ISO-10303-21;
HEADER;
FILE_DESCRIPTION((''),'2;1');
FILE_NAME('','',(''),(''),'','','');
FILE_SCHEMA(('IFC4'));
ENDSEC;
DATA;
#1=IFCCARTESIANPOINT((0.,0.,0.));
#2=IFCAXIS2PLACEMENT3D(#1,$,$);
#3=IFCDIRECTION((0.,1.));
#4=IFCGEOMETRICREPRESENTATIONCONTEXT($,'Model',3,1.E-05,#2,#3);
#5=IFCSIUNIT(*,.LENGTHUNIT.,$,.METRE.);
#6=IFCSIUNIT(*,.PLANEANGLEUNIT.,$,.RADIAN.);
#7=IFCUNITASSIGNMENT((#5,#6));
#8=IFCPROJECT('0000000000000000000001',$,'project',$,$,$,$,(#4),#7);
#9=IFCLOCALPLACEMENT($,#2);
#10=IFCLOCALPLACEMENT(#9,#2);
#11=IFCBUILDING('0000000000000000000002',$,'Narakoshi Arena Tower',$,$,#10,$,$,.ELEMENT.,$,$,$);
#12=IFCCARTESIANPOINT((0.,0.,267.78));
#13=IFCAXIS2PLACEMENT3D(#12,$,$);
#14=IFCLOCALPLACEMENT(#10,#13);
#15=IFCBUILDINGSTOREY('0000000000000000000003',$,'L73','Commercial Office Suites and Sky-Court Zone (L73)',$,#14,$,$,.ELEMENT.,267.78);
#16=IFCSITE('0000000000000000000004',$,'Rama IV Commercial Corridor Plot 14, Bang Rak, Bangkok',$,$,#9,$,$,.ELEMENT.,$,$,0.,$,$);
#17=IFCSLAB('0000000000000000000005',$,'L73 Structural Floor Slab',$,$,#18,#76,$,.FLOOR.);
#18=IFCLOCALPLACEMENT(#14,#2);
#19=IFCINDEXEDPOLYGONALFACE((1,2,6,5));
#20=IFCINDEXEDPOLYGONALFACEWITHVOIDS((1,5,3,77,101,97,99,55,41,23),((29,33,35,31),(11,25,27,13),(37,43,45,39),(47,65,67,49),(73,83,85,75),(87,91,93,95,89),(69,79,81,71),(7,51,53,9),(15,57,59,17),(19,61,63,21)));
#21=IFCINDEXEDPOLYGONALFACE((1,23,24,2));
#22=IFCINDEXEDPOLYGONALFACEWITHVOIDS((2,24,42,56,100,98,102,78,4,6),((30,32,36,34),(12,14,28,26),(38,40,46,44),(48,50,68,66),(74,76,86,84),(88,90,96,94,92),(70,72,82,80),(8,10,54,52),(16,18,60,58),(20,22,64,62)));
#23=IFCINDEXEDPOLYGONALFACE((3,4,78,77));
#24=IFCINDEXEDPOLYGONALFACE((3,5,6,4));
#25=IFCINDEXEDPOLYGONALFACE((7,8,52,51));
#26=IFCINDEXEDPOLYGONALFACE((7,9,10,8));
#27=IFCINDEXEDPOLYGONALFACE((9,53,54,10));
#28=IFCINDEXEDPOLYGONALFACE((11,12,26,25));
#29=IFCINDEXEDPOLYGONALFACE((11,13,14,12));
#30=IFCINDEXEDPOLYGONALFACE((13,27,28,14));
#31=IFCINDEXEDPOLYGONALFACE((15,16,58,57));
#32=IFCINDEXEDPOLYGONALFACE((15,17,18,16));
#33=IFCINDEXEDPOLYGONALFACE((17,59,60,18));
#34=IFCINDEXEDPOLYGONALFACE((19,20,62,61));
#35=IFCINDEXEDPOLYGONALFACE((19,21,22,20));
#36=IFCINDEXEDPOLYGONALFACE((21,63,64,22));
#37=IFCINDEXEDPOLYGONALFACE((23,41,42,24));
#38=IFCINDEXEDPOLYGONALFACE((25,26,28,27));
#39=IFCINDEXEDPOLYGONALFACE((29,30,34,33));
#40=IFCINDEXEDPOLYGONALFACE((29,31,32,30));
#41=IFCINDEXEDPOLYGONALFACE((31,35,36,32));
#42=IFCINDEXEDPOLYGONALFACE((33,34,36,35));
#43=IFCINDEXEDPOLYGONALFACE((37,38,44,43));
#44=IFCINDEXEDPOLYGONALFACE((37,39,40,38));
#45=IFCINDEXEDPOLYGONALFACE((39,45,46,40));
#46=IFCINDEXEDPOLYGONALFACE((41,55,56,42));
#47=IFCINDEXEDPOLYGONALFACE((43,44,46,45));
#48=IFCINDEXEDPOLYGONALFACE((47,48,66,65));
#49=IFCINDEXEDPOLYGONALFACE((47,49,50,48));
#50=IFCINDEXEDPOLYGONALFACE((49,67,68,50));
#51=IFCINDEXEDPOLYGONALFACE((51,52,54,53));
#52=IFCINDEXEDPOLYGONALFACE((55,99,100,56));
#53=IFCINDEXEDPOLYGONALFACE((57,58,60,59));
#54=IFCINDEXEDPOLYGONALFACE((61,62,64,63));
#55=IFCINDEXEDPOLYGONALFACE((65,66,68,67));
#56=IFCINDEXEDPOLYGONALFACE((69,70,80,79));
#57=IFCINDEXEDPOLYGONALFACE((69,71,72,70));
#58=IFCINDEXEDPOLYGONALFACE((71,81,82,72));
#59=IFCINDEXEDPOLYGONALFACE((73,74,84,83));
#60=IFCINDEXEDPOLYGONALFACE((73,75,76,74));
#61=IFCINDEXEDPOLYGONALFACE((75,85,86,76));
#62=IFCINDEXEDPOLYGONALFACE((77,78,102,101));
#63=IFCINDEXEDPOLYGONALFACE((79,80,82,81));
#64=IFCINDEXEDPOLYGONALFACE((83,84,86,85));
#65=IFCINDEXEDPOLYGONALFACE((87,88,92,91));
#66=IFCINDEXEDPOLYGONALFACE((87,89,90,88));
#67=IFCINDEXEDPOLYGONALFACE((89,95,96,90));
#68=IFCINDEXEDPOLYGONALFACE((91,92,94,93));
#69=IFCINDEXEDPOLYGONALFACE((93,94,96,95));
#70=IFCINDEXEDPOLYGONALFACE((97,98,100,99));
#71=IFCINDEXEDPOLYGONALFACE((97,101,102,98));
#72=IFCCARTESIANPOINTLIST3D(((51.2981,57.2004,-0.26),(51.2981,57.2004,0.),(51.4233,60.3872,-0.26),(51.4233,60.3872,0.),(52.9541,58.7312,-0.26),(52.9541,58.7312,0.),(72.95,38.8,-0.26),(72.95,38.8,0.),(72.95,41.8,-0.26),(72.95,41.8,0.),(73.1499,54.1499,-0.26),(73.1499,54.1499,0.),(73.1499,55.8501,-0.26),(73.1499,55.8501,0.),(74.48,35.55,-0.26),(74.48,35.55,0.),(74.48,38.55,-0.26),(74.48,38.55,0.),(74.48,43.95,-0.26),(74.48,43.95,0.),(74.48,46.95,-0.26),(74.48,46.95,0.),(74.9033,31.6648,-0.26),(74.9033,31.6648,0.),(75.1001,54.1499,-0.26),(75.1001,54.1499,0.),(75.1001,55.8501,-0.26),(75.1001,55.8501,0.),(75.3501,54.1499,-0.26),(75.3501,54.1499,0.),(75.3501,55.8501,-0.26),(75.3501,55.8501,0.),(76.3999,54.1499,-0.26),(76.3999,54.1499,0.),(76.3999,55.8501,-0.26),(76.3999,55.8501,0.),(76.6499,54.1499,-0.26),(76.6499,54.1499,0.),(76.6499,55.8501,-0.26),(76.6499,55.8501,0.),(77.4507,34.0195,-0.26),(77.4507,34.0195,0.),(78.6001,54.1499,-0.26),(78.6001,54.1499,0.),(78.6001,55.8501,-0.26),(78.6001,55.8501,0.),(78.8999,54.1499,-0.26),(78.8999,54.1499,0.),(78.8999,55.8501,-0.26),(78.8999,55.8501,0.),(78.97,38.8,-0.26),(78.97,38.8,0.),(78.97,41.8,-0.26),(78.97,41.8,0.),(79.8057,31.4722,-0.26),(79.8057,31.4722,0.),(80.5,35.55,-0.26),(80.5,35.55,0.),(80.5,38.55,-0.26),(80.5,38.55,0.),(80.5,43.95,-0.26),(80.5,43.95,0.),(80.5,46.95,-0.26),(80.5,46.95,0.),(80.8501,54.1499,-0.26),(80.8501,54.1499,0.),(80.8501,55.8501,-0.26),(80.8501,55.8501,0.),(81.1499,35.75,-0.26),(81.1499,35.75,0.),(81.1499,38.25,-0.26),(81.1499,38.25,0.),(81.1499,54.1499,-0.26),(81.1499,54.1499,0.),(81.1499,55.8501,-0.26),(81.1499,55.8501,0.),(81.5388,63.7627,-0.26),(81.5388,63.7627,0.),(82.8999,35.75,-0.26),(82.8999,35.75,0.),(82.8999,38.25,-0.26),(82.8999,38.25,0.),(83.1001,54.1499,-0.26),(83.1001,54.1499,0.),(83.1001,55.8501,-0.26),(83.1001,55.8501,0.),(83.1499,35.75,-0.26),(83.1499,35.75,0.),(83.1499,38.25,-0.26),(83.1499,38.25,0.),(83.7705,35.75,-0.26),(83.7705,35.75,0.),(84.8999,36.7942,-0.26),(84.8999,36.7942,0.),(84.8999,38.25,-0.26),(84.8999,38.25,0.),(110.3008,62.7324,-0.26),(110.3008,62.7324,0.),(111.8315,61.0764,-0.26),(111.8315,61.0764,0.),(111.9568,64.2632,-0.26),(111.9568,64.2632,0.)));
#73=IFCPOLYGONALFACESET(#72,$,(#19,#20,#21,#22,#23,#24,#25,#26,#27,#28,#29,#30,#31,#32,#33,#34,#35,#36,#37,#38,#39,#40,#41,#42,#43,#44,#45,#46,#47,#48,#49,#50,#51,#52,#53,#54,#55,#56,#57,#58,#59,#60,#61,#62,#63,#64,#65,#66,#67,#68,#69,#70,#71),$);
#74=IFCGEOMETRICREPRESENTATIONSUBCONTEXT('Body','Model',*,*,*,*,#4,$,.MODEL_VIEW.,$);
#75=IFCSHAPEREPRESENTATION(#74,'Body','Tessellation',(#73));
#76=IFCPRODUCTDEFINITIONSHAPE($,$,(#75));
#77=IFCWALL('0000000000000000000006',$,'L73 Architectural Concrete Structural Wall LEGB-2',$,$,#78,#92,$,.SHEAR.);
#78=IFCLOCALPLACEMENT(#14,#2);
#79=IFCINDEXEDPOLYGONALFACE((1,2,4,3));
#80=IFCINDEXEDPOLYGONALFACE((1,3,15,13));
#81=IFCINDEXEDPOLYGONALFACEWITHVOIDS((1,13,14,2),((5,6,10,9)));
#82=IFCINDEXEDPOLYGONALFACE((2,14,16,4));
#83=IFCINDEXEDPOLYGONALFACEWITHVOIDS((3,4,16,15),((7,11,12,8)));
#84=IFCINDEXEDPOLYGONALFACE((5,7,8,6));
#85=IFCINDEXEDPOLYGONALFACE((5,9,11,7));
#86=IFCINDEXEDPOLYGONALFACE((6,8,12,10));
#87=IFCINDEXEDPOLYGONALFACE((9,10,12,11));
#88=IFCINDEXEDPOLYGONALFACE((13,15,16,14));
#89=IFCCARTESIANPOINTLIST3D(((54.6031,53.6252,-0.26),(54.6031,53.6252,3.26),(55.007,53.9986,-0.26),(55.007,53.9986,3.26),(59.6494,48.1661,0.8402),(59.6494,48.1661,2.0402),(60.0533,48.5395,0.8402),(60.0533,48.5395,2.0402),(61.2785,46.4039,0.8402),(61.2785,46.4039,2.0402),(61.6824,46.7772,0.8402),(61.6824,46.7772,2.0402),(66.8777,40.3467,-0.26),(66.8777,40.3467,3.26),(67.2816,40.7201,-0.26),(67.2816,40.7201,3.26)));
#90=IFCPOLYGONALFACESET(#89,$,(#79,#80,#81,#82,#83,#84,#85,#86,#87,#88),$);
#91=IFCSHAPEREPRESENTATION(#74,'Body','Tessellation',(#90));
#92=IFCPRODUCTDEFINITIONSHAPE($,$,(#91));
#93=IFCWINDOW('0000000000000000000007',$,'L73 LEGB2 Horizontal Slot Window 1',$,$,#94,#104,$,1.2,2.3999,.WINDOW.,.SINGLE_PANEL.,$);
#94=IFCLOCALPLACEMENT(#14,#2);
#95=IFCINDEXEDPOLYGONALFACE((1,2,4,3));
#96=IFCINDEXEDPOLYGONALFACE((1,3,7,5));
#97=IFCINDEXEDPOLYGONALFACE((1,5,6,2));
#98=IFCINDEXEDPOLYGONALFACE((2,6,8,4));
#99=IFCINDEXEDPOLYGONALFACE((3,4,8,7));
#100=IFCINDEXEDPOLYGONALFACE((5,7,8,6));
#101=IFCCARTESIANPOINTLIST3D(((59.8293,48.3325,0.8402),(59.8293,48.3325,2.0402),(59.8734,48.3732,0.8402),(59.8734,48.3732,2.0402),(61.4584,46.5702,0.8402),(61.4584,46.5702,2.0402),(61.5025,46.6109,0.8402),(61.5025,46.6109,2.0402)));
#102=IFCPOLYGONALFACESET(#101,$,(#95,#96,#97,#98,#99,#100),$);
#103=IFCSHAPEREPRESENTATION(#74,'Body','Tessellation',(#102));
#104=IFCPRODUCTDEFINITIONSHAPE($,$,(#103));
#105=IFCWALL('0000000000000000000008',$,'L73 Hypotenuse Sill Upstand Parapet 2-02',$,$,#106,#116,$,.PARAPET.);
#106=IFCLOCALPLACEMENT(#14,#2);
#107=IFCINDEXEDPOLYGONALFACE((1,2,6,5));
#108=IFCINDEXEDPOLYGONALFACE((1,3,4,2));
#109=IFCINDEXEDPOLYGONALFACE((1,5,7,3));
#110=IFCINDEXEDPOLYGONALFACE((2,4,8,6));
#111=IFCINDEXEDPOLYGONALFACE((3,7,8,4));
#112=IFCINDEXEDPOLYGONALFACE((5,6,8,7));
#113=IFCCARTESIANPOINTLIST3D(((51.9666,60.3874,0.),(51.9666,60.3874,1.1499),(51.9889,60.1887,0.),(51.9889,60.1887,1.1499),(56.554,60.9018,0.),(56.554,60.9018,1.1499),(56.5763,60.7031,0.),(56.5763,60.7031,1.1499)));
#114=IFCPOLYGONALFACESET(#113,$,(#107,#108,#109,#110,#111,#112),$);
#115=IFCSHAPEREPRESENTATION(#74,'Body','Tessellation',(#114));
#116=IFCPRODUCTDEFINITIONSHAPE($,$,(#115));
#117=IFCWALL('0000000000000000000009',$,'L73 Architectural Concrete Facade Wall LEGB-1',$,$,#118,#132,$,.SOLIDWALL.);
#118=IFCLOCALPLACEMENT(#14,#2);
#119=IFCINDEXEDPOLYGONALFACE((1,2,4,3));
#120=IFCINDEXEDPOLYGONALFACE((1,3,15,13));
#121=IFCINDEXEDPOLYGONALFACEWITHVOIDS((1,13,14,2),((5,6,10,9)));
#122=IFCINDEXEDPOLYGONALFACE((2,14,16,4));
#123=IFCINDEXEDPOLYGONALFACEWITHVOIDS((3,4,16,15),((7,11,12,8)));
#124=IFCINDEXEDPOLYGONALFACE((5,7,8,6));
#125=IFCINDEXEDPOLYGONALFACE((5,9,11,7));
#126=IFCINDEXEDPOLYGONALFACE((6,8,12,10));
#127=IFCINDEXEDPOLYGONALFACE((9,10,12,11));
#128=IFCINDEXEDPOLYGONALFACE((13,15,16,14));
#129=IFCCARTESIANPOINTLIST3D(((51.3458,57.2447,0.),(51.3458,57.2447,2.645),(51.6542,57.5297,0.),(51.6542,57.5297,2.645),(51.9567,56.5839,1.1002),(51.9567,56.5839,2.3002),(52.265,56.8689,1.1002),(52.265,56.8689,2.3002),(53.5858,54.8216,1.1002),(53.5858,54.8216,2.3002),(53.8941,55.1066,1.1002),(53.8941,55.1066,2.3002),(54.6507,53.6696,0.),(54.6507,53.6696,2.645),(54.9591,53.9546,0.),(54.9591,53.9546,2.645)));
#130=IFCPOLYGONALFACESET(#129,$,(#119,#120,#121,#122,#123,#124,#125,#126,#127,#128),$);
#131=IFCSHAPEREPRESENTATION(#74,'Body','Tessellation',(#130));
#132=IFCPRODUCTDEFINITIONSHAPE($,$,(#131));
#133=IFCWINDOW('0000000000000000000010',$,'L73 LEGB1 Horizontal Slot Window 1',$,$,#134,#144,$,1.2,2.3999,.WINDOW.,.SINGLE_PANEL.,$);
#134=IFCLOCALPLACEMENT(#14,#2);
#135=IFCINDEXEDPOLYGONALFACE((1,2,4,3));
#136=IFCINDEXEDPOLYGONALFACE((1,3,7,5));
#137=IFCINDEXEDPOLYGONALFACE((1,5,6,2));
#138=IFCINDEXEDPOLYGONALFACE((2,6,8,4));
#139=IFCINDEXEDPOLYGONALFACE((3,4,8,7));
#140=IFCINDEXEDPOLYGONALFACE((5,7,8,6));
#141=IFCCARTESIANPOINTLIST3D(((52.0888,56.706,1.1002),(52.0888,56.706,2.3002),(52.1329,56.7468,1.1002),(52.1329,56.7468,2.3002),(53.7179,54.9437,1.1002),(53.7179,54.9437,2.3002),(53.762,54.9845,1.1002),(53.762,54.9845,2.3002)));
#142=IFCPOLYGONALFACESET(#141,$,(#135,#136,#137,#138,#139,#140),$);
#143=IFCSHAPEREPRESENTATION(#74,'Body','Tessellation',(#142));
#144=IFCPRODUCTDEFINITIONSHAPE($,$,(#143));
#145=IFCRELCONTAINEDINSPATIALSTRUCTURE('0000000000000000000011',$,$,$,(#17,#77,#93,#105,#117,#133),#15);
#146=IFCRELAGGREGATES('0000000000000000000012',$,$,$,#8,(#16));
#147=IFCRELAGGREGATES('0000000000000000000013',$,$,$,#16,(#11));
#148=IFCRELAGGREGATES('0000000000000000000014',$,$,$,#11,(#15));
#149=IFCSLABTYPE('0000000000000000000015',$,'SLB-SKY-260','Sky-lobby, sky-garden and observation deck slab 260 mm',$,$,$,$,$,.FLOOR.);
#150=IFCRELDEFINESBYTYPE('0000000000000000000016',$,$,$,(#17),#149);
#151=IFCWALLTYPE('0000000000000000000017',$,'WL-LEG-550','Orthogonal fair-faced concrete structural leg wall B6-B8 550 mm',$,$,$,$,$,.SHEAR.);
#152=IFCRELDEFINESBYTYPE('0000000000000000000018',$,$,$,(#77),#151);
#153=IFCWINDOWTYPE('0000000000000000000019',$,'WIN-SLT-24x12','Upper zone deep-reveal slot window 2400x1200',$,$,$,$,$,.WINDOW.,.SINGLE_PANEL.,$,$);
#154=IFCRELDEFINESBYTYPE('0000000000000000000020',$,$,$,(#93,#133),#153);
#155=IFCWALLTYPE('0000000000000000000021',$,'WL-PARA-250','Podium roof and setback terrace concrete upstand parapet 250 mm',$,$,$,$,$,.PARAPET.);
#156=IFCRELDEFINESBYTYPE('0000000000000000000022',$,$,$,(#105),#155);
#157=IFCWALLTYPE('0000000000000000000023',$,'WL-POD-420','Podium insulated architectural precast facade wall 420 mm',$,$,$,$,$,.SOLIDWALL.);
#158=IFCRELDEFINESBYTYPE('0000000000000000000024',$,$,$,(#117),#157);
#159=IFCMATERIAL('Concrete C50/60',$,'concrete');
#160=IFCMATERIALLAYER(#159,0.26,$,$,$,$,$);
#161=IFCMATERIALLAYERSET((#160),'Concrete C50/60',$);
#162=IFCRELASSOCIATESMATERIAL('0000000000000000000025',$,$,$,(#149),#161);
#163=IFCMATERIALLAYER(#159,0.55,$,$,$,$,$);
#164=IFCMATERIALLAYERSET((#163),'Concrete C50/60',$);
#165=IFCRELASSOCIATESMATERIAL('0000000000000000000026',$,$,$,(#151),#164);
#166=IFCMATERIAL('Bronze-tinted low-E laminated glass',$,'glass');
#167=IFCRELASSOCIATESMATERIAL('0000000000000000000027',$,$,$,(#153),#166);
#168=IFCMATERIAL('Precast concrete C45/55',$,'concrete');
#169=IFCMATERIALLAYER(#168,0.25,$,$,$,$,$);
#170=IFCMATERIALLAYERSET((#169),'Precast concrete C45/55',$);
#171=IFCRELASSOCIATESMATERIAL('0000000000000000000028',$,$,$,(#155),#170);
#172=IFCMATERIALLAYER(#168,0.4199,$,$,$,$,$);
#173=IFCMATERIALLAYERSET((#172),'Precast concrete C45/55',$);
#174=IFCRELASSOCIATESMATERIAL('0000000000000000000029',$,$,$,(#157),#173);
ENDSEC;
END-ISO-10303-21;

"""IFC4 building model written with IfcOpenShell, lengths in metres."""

from ifc_helpers import new_model, si_unit, direction, frame, frame_2d, origin, place, context, subcontext, project, spatial, polyline, rectangle, outline, extrude, material, layer, layer_set, type_object, element, fill, save


model = new_model("IFC4")

# Units and contexts
model_context = context("Model", 3, precision=1e-05, world=origin(), true_north=direction((0.0, 1.0)))
body_context = subcontext(model_context, "Body", "Model", "MODEL_VIEW")
ifc_project = project(units=[si_unit("LENGTHUNIT", "METRE"), si_unit("PLANEANGLEUNIT", "RADIAN")], contexts=[model_context])

# Site, building, storey
site_placement = place(None, origin())
site = spatial("IfcSite", under=ifc_project, at=site_placement, Name="Rama IV Commercial Corridor Plot 14, Bang Rak, Bangkok", CompositionType="ELEMENT", RefElevation=0.0)
building_placement = place(site_placement, origin())
building = spatial("IfcBuilding", under=site, at=building_placement, Name="Narakoshi Arena Tower", CompositionType="ELEMENT")
storey_placement = place(building_placement, frame((0.0, 0.0, 267.78)))
storey = spatial("IfcBuildingStorey", under=building, at=storey_placement, Name="L73", Description="Commercial Office Suites and Sky-Court Zone (L73)", CompositionType="ELEMENT", Elevation=267.78)

# Shared definitions
ifc_material_1 = material(Name="Concrete C50/60", Category="concrete")

# Shared definitions
ifc_material_2 = material(Name="Bronze-tinted low-E laminated glass", Category="glass")

# Slab
ifc_layer_1 = layer(ifc_material_1, 0.26)
ifc_layer_set_1 = layer_set([ifc_layer_1], Name="Concrete C50/60")
slab_type_1 = type_object("IfcSlabType", Name="SLB-SKY-260", Description="Sky-lobby, sky-garden and observation deck slab 260 mm", PredefinedType="FLOOR", material=ifc_layer_set_1)
slab_1_placement = place(storey_placement, frame((0.0, 0.0, -0.26)))
element("IfcSlab", 1, at=slab_1_placement, inside=storey, type_object=slab_type_1, Name="L73 Structural Floor Slab", PredefinedType="FLOOR", context=body_context, shape_type="SweptSolid", body=[
    extrude(outline(polyline([(79.8057, 31.4722), (111.8315, 61.0764), (110.3008, 62.7324), (111.9568, 64.2632), (81.5388, 63.7627), (51.4233, 60.3872), (52.9541, 58.7312), (51.2981, 57.2004), (74.9033, 31.6648), (77.4507, 34.0195), (79.8057, 31.4722)]), holes=[polyline([(80.5, 35.55), (74.48, 35.55), (74.48, 38.55), (80.5, 38.55), (80.5, 35.55)]), polyline([(82.8999, 35.75), (81.1499, 35.75), (81.1499, 38.25), (82.8999, 38.25), (82.8999, 35.75)]), polyline([(84.8999, 36.7942), (83.7705, 35.75), (83.1499, 35.75), (83.1499, 38.25), (84.8999, 38.25), (84.8999, 36.7942)]), polyline([(72.95, 38.8), (72.95, 41.8), (78.97, 41.8), (78.97, 38.8), (72.95, 38.8)]), polyline([(74.48, 43.95), (74.48, 46.95), (80.5, 46.95), (80.5, 43.95), (74.48, 43.95)]), polyline([(75.1001, 54.1499), (73.1499, 54.1499), (73.1499, 55.8501), (75.1001, 55.8501), (75.1001, 54.1499)]), polyline([(76.3999, 54.1499), (75.3501, 54.1499), (75.3501, 55.8501), (76.3999, 55.8501), (76.3999, 54.1499)]), polyline([(78.6001, 54.1499), (76.6499, 54.1499), (76.6499, 55.8501), (78.6001, 55.8501), (78.6001, 54.1499)]), polyline([(78.8999, 54.1499), (78.8999, 55.8501), (80.8501, 55.8501), (80.8501, 54.1499), (78.8999, 54.1499)]), polyline([(81.1499, 54.1499), (81.1499, 55.8501), (83.1001, 55.8501), (83.1001, 54.1499), (81.1499, 54.1499)])]), origin(), (0.0, 0.0, 1.0), 0.26),
])

# Wall, opening, window
ifc_layer_2 = layer(ifc_material_1, 0.55)
ifc_layer_set_2 = layer_set([ifc_layer_2], Name="Concrete C50/60")
wall_type_1 = type_object("IfcWallType", Name="WL-LEG-550", Description="Orthogonal fair-faced concrete structural leg wall B6-B8 550 mm", PredefinedType="SHEAR", material=ifc_layer_set_2)
wall_1_placement = place(storey_placement, frame((54.8049, 53.812, -0.26), z_axis=(0.0, 0.0, 1.0), x_axis=(0.678803, -0.73432, 0.0)))
wall_1 = element("IfcWall", 2, at=wall_1_placement, inside=storey, type_object=wall_type_1, Name="L73 Architectural Concrete Structural Wall LEGB-2", PredefinedType="SHEAR", context=body_context, shape_type="SweptSolid", body=[
    extrude(rectangle(XDim=18.0828, YDim=0.55, at=frame_2d((9.0415, 0.0))), origin(), (0.0, 0.0, 1.0), 3.52),
])
opening_1_placement = place(wall_1_placement, frame((7.4343, 0.0, 1.1001)))
opening_1 = element("IfcOpeningElement", 3, at=opening_1_placement, cuts=wall_1, PredefinedType="OPENING", context=body_context, shape_type="SweptSolid", body=[
    extrude(rectangle(XDim=2.3999, YDim=1.2, at=frame_2d((1.2, 0.6001))), frame((0.0, 0.2849, 0.0), z_axis=(0.0, -1.0, 0.0), x_axis=(1.0, 0.0, 0.0)), (0.0, 0.0, 1.0), 0.5701),
])
window_type_1 = type_object("IfcWindowType", Name="WIN-SLT-24x12", Description="Upper zone deep-reveal slot window 2400x1200", PartitioningType="SINGLE_PANEL", PredefinedType="WINDOW", material=ifc_material_2)
window_1_placement = place(opening_1_placement, origin())
window_1 = element("IfcWindow", 4, at=window_1_placement, inside=storey, type_object=window_type_1, Name="L73 LEGB2 Horizontal Slot Window 1", OverallHeight=1.2, OverallWidth=2.3999, PartitioningType="SINGLE_PANEL", PredefinedType="WINDOW", context=body_context, shape_type="SweptSolid", body=[
    extrude(rectangle(XDim=2.3999, YDim=1.2, at=frame_2d((1.2, 0.6001))), frame((0.0, 0.03, 0.0), z_axis=(0.0, -1.0, 0.0), x_axis=(1.0, 0.0, 0.0)), (0.0, 0.0, 1.0), 0.0601),
])
fill(opening_1, window_1)

# Wall
ifc_material_3 = material(Name="Precast concrete C45/55", Category="concrete")
ifc_layer_3 = layer(ifc_material_3, 0.25)
ifc_layer_set_3 = layer_set([ifc_layer_3], Name="Precast concrete C45/55")
wall_type_2 = type_object("IfcWallType", Name="WL-PARA-250", Description="Podium roof and setback terrace concrete upstand parapet 250 mm", PredefinedType="PARAPET", material=ifc_layer_set_3)
wall_2_placement = place(storey_placement, frame((56.5652, 60.8025, 0.0), z_axis=(0.0, 0.0, 1.0), x_axis=(-0.993772, -0.111436, 0.0)))
element("IfcWall", 5, at=wall_2_placement, inside=storey, type_object=wall_type_2, Name="L73 Hypotenuse Sill Upstand Parapet 2-02", PredefinedType="PARAPET", context=body_context, shape_type="SweptSolid", body=[
    extrude(rectangle(XDim=4.6162, YDim=0.2, at=frame_2d((2.3081, 0.0))), origin(), (0.0, 0.0, 1.0), 1.1499),
])

# Wall, opening, window
ifc_layer_4 = layer(ifc_material_3, 0.4199)
ifc_layer_set_4 = layer_set([ifc_layer_4], Name="Precast concrete C45/55")
wall_type_3 = type_object("IfcWallType", Name="WL-POD-420", Description="Podium insulated architectural precast facade wall 420 mm", PredefinedType="SOLIDWALL", material=ifc_layer_set_4)
wall_3_placement = place(storey_placement, frame((51.5, 57.3872, 0.0), z_axis=(0.0, 0.0, 1.0), x_axis=(0.678807, -0.734317, 0.0)))
wall_3 = element("IfcWall", 6, at=wall_3_placement, inside=storey, type_object=wall_type_3, Name="L73 Architectural Concrete Facade Wall LEGB-1", PredefinedType="SOLIDWALL", context=body_context, shape_type="SweptSolid", body=[
    extrude(rectangle(XDim=4.8687, YDim=0.4199, at=frame_2d((2.4343, 0.0))), origin(), (0.0, 0.0, 1.0), 2.645),
])
opening_2_placement = place(wall_3_placement, frame((0.8999, 0.0, 1.1001)))
opening_2 = element("IfcOpeningElement", 7, at=opening_2_placement, cuts=wall_3, PredefinedType="OPENING", context=body_context, shape_type="SweptSolid", body=[
    extrude(rectangle(XDim=2.3999, YDim=1.2, at=frame_2d((1.2, 0.6001))), frame((0.0, 0.22, 0.0), z_axis=(0.0, -1.0, 0.0), x_axis=(1.0, 0.0, 0.0)), (0.0, 0.0, 1.0), 0.4399),
])
window_2_placement = place(opening_2_placement, origin())
window_2 = element("IfcWindow", 8, at=window_2_placement, inside=storey, type_object=window_type_1, Name="L73 LEGB1 Horizontal Slot Window 1", OverallHeight=1.2, OverallWidth=2.3999, PartitioningType="SINGLE_PANEL", PredefinedType="WINDOW", context=body_context, shape_type="SweptSolid", body=[
    extrude(rectangle(XDim=2.3999, YDim=1.2, at=frame_2d((1.2, 0.6001))), frame((0.0, 0.03, 0.0), z_axis=(0.0, -1.0, 0.0), x_axis=(1.0, 0.0, 0.0)), (0.0, 0.0, 1.0), 0.0601),
])
fill(opening_2, window_2)

save(model, "model.ifc")
